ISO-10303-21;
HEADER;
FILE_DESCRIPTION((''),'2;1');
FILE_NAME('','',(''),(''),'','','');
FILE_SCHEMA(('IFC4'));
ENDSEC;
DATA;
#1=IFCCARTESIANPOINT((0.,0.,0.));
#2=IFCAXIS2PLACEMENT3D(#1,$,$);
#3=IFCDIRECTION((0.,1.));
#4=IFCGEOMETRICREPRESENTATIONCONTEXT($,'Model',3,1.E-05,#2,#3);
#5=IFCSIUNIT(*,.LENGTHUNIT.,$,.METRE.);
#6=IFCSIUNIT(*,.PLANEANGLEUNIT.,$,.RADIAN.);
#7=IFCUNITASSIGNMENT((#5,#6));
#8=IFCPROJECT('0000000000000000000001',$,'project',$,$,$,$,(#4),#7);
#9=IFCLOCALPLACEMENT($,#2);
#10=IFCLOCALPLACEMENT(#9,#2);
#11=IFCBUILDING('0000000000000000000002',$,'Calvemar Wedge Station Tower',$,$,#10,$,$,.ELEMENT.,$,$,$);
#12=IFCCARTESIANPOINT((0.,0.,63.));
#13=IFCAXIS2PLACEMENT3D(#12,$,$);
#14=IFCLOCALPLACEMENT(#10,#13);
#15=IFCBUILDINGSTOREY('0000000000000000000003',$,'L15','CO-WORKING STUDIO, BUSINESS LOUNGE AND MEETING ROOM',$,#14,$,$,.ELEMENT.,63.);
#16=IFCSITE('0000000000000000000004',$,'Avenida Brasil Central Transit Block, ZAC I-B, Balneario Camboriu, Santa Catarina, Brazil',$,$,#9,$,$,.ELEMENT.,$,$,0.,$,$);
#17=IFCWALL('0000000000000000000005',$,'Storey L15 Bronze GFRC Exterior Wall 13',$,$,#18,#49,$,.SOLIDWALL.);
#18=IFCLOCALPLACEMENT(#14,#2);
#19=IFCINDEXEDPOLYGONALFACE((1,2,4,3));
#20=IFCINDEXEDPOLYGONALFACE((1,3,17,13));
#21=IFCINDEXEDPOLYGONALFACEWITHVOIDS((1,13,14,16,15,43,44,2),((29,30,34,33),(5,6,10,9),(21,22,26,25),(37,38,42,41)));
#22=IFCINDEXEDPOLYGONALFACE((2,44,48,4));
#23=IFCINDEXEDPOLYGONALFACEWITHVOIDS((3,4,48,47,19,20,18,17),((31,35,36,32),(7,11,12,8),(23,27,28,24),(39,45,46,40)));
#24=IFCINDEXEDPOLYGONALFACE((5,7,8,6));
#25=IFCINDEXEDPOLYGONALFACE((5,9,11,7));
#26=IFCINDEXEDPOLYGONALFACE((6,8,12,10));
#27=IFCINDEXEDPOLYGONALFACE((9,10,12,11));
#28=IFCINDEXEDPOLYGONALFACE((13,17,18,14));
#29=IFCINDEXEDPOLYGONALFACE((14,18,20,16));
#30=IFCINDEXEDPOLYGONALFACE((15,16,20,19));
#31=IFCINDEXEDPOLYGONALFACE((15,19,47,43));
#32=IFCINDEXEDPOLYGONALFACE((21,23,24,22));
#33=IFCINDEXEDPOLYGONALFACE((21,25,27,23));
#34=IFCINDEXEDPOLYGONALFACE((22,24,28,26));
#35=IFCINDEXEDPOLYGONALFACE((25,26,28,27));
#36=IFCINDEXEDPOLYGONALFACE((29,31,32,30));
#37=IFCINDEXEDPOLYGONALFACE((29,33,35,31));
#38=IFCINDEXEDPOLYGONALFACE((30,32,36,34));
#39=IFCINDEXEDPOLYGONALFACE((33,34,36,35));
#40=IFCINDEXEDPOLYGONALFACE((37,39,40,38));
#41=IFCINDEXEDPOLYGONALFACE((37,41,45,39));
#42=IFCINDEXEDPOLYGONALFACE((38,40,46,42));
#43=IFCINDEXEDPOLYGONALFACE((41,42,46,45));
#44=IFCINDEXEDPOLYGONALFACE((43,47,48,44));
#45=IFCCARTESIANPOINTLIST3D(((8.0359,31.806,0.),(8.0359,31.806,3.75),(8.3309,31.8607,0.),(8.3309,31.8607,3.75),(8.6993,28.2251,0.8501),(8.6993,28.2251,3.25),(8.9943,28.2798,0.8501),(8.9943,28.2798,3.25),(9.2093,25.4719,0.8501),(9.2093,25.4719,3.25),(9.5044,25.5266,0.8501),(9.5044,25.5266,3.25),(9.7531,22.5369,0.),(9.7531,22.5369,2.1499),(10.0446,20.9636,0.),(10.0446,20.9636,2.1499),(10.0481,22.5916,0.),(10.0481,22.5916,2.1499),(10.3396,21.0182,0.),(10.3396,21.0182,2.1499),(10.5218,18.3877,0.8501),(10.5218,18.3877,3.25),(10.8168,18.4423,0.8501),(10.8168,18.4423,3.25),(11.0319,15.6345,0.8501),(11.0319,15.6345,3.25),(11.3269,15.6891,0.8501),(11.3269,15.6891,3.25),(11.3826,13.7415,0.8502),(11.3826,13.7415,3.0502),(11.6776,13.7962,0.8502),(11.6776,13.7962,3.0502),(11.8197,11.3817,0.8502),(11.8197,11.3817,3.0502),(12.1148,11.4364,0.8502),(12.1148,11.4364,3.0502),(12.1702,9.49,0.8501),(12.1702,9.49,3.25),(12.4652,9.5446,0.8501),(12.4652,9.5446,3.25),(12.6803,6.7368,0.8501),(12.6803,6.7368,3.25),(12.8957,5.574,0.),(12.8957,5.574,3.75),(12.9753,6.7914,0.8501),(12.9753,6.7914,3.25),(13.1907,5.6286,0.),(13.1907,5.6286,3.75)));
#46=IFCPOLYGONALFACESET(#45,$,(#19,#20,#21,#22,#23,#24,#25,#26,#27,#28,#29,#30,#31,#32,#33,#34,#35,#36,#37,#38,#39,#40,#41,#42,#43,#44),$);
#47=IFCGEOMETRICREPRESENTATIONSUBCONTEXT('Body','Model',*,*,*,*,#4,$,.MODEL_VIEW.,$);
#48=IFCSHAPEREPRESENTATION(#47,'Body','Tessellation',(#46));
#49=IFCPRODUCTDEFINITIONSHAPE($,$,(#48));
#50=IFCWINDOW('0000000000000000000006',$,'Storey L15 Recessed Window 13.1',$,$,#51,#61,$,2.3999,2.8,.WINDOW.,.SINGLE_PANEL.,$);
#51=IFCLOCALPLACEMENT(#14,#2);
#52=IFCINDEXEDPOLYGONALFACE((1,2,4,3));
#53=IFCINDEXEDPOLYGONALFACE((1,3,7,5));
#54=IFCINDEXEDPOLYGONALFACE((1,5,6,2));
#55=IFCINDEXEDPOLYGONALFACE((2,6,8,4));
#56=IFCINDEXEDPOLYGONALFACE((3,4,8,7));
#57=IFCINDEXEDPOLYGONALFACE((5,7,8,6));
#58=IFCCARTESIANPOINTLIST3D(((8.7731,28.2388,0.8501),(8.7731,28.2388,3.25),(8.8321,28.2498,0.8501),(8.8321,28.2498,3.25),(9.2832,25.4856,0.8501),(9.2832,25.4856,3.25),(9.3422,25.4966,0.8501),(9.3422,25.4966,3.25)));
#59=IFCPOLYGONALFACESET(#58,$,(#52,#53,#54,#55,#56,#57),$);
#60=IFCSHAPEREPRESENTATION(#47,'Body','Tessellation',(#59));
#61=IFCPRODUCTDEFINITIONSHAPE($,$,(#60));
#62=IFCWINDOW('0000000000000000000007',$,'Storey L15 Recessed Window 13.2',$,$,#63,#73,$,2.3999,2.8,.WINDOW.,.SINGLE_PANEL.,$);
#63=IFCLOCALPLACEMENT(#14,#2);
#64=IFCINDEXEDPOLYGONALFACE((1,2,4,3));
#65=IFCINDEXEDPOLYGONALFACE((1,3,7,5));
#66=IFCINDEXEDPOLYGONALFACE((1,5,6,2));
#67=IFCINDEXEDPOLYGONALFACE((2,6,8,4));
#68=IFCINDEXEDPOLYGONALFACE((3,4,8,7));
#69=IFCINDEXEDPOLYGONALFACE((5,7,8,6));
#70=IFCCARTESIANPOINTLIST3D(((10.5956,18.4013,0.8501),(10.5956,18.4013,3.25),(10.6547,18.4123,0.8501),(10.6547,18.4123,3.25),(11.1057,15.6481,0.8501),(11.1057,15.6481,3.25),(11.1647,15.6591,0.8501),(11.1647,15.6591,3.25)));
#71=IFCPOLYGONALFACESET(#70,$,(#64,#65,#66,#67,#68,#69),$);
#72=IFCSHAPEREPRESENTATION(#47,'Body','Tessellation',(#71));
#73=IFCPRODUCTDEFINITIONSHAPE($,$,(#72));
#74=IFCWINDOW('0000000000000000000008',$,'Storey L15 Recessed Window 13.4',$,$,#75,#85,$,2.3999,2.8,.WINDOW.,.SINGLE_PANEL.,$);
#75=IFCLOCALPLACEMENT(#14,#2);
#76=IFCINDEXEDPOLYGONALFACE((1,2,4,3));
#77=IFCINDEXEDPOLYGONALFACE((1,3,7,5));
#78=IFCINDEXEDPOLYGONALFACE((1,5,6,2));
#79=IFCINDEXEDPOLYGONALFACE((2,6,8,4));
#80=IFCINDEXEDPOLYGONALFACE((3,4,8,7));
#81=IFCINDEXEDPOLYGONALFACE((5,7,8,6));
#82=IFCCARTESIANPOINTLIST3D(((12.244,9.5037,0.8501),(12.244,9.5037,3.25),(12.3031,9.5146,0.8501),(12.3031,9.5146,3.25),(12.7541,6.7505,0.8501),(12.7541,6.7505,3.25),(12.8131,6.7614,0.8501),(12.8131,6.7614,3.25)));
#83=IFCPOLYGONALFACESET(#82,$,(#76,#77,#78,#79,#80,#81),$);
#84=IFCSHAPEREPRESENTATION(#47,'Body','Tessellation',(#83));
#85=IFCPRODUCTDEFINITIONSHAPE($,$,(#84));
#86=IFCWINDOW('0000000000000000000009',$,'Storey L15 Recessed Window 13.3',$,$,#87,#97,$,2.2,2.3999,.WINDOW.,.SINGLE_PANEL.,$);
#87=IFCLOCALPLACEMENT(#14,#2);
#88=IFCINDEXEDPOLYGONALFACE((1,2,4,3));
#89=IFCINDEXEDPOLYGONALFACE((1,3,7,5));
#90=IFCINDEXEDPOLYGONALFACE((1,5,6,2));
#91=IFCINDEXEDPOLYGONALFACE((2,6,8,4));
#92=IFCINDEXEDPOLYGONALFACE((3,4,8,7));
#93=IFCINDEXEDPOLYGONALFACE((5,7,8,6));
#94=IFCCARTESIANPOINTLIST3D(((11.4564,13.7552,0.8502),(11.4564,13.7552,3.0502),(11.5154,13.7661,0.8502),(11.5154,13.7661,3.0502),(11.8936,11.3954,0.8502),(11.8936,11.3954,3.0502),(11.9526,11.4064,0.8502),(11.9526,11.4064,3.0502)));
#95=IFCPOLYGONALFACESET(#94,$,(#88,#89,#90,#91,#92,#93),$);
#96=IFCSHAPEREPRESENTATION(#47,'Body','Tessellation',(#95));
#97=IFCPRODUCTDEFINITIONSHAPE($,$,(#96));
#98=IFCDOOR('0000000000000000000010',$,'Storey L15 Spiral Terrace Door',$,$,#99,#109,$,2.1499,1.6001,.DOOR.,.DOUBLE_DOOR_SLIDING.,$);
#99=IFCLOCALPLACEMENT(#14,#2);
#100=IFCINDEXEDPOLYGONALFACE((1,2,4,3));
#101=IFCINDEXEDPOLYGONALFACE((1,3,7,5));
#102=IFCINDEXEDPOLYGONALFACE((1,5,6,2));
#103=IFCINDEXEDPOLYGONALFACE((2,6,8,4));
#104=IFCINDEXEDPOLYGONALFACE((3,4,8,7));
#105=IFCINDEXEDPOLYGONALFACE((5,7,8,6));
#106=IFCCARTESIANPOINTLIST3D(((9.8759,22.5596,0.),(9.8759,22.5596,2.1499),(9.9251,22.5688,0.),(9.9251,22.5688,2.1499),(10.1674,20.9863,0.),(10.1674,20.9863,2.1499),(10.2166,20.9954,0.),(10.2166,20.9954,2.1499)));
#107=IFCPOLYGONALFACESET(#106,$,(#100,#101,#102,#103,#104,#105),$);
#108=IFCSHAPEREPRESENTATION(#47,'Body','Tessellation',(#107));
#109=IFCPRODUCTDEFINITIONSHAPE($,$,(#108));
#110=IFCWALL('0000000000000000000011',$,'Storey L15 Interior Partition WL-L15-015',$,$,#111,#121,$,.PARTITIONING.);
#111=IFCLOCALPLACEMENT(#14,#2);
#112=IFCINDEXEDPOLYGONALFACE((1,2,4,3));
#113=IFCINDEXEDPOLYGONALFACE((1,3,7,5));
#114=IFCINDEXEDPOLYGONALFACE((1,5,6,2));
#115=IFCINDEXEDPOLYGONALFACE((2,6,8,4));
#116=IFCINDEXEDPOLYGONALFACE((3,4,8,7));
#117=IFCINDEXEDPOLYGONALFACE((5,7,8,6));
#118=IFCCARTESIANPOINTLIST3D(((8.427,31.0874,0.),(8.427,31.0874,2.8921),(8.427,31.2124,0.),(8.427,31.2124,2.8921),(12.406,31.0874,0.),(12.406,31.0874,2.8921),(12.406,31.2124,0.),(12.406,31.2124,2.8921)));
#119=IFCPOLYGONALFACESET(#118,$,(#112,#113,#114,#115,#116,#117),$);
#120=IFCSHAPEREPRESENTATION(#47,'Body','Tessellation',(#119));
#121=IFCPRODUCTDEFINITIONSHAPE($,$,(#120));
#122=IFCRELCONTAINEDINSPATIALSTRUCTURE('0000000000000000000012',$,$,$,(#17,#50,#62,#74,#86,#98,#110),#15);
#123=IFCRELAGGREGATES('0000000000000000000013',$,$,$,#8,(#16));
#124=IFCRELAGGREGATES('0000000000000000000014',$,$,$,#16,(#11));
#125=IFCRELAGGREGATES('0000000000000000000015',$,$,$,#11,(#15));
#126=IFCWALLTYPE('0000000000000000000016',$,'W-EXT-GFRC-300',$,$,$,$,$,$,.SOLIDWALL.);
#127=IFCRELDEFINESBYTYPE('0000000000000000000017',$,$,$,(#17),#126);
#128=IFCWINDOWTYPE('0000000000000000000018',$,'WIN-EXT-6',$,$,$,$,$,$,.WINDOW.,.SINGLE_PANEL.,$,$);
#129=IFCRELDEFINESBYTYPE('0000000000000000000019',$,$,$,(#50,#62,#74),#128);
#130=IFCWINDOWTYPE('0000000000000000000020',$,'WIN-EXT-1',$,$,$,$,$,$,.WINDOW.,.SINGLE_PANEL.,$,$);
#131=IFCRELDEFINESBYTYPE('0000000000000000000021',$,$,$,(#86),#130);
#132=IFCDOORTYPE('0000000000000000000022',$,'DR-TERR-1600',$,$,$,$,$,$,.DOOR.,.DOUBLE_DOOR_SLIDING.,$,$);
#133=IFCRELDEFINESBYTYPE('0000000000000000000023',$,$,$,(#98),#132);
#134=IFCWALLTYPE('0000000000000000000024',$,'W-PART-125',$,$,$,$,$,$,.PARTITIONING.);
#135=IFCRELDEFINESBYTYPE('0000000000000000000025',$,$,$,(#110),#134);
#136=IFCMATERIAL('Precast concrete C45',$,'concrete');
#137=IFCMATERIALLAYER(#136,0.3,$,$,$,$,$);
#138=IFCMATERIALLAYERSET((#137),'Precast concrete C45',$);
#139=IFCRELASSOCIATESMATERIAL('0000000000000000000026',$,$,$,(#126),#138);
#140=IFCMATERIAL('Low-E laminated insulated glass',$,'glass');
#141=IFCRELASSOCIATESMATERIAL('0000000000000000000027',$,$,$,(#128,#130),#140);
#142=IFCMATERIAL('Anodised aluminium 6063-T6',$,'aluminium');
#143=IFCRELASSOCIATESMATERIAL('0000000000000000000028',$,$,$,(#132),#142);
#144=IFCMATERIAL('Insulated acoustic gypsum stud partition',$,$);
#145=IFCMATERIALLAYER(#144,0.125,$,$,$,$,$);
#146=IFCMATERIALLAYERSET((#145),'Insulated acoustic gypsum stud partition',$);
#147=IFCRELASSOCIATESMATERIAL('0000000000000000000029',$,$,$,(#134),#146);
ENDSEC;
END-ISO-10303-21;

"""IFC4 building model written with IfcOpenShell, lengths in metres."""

from ifc_helpers import new_model, si_unit, direction, frame, frame_2d, origin, place, context, subcontext, project, spatial, rectangle, extrude, source, transform, mapped, material, layer, layer_set, type_object, element, fill, save


model = new_model("IFC4")

# Units and contexts
model_context = context("Model", 3, precision=1e-05, world=origin(), true_north=direction((0.0, 1.0)))
body_context = subcontext(model_context, "Body", "Model", "MODEL_VIEW")
ifc_project = project(units=[si_unit("LENGTHUNIT", "METRE"), si_unit("PLANEANGLEUNIT", "RADIAN")], contexts=[model_context])

# Site, building, storey
site_placement = place(None, origin())
site = spatial("IfcSite", under=ifc_project, at=site_placement, Name="Avenida Brasil Central Transit Block, ZAC I-B, Balneario Camboriu, Santa Catarina, Brazil", CompositionType="ELEMENT", RefElevation=0.0)
building_placement = place(site_placement, origin())
building = spatial("IfcBuilding", under=site, at=building_placement, Name="Calvemar Wedge Station Tower", CompositionType="ELEMENT")
storey_placement = place(building_placement, frame((0.0, 0.0, 63.0)))
storey = spatial("IfcBuildingStorey", under=building, at=storey_placement, Name="L15", Description="CO-WORKING STUDIO, BUSINESS LOUNGE AND MEETING ROOM", CompositionType="ELEMENT", Elevation=63.0)

# Wall, openings, windows, door
ifc_material_1 = material(Name="Precast concrete C45", Category="concrete")
ifc_layer_1 = layer(ifc_material_1, 0.3)
ifc_layer_set_1 = layer_set([ifc_layer_1], Name="Precast concrete C45")
wall_type_1 = type_object("IfcWallType", Name="W-EXT-GFRC-300", PredefinedType="SOLIDWALL", material=ifc_layer_set_1)
wall_1_placement = place(storey_placement, frame((8.1833, 31.8335, 0.0), z_axis=(0.0, 0.0, 1.0), x_axis=(0.182164, -0.983268, 0.0)))
wall_1 = element("IfcWall", 1, at=wall_1_placement, inside=storey, type_object=wall_type_1, Name="Storey L15 Bronze GFRC Exterior Wall 13", PredefinedType="SOLIDWALL", context=body_context, shape_type="SweptSolid", body=[
    extrude(rectangle(XDim=26.6785, YDim=0.3, at=frame_2d((13.3394, 0.0))), origin(), (0.0, 0.0, 1.0), 3.75),
])
shared_shape_1 = source(origin(), body_context, "Body", "SweptSolid", [
    extrude(rectangle(XDim=1.6001, YDim=2.1499, at=frame_2d((0.8, 1.075))), frame((0.0, 0.1602, 0.0), z_axis=(0.0, -1.0, 0.0), x_axis=(1.0, 0.0, 0.0)), (0.0, 0.0, 1.0), 0.3201),
])
opening_1_placement = place(wall_1_placement, frame((9.427, 0.0, 0.0)))
opening_1 = element("IfcOpeningElement", 2, at=opening_1_placement, cuts=wall_1, PredefinedType="OPENING", context=body_context, shape_type="MappedRepresentation", body=[
    mapped(shared_shape_1, transform((0.0, 0.0, 0.0), scale=1.0)),
])
shared_shape_2 = source(origin(), body_context, "Body", "SweptSolid", [
    extrude(rectangle(XDim=2.8, YDim=2.3999, at=frame_2d((1.3999, 1.2))), frame((0.0, 0.1602, 0.0), z_axis=(0.0, -1.0, 0.0), x_axis=(1.0, 0.0, 0.0)), (0.0, 0.0, 1.0), 0.3201),
])
opening_2_placement = place(wall_1_placement, frame((3.6421, 0.0, 0.8501)))
opening_2 = element("IfcOpeningElement", 3, at=opening_2_placement, cuts=wall_1, PredefinedType="OPENING", context=body_context, shape_type="MappedRepresentation", body=[
    mapped(shared_shape_2, transform((0.0, 0.0, 0.0), scale=1.0)),
])
opening_3_placement = place(wall_1_placement, frame((13.647, 0.0, 0.8501)))
opening_3 = element("IfcOpeningElement", 4, at=opening_3_placement, cuts=wall_1, PredefinedType="OPENING", context=body_context, shape_type="MappedRepresentation", body=[
    mapped(shared_shape_2, transform((0.0, 0.0, 0.0), scale=1.0)),
])
shared_shape_3 = source(origin(), body_context, "Body", "SweptSolid", [
    extrude(rectangle(XDim=2.3999, YDim=2.2, at=frame_2d((1.2, 1.1001))), frame((0.0, 0.1602, 0.0), z_axis=(0.0, -1.0, 0.0), x_axis=(1.0, 0.0, 0.0)), (0.0, 0.0, 1.0), 0.3201),
])
opening_4_placement = place(wall_1_placement, frame((18.3721, 0.0, 0.8501)))
opening_4 = element("IfcOpeningElement", 5, at=opening_4_placement, cuts=wall_1, PredefinedType="OPENING", context=body_context, shape_type="MappedRepresentation", body=[
    mapped(shared_shape_3, transform((0.0, 0.0, 0.0), scale=1.0)),
])
opening_5_placement = place(wall_1_placement, frame((22.696, 0.0, 0.8501)))
opening_5 = element("IfcOpeningElement", 6, at=opening_5_placement, cuts=wall_1, PredefinedType="OPENING", context=body_context, shape_type="MappedRepresentation", body=[
    mapped(shared_shape_2, transform((0.0, 0.0, 0.0), scale=1.0)),
])
ifc_material_2 = material(Name="Low-E laminated insulated glass", Category="glass")
window_type_1 = type_object("IfcWindowType", Name="WIN-EXT-6", PartitioningType="SINGLE_PANEL", PredefinedType="WINDOW", material=ifc_material_2)
shared_shape_4 = source(origin(), body_context, "Body", "SweptSolid", [
    extrude(rectangle(XDim=2.8, YDim=2.3999, at=frame_2d((1.3999, 1.2))), frame((0.0, -0.0149, 0.0), z_axis=(0.0, -1.0, 0.0), x_axis=(1.0, 0.0, 0.0)), (0.0, 0.0, 1.0), 0.0601),
])
window_1_placement = place(opening_2_placement, origin())
window_1 = element("IfcWindow", 7, at=window_1_placement, inside=storey, type_object=window_type_1, Name="Storey L15 Recessed Window 13.1", OverallHeight=2.3999, OverallWidth=2.8, PartitioningType="SINGLE_PANEL", PredefinedType="WINDOW", context=body_context, shape_type="MappedRepresentation", body=[
    mapped(shared_shape_4, transform((0.0, 0.0, 0.0), scale=1.0)),
])
fill(opening_2, window_1)
window_2_placement = place(opening_3_placement, origin())
window_2 = element("IfcWindow", 8, at=window_2_placement, inside=storey, type_object=window_type_1, Name="Storey L15 Recessed Window 13.2", OverallHeight=2.3999, OverallWidth=2.8, PartitioningType="SINGLE_PANEL", PredefinedType="WINDOW", context=body_context, shape_type="MappedRepresentation", body=[
    mapped(shared_shape_4, transform((0.0, 0.0, 0.0), scale=1.0)),
])
fill(opening_3, window_2)
window_3_placement = place(opening_5_placement, origin())
window_3 = element("IfcWindow", 9, at=window_3_placement, inside=storey, type_object=window_type_1, Name="Storey L15 Recessed Window 13.4", OverallHeight=2.3999, OverallWidth=2.8, PartitioningType="SINGLE_PANEL", PredefinedType="WINDOW", context=body_context, shape_type="MappedRepresentation", body=[
    mapped(shared_shape_4, transform((0.0, 0.0, 0.0), scale=1.0)),
])
fill(opening_5, window_3)
window_type_2 = type_object("IfcWindowType", Name="WIN-EXT-1", PartitioningType="SINGLE_PANEL", PredefinedType="WINDOW", material=ifc_material_2)
shared_shape_5 = source(origin(), body_context, "Body", "SweptSolid", [
    extrude(rectangle(XDim=2.3999, YDim=2.2, at=frame_2d((1.2, 1.1001))), frame((0.0, -0.0149, 0.0), z_axis=(0.0, -1.0, 0.0), x_axis=(1.0, 0.0, 0.0)), (0.0, 0.0, 1.0), 0.0601),
])
window_4_placement = place(opening_4_placement, origin())
window_4 = element("IfcWindow", 10, at=window_4_placement, inside=storey, type_object=window_type_2, Name="Storey L15 Recessed Window 13.3", OverallHeight=2.2, OverallWidth=2.3999, PartitioningType="SINGLE_PANEL", PredefinedType="WINDOW", context=body_context, shape_type="MappedRepresentation", body=[
    mapped(shared_shape_5, transform((0.0, 0.0, 0.0), scale=1.0)),
])
fill(opening_4, window_4)
ifc_material_3 = material(Name="Anodised aluminium 6063-T6", Category="aluminium")
door_type = type_object("IfcDoorType", Name="DR-TERR-1600", OperationType="DOUBLE_DOOR_SLIDING", PredefinedType="DOOR", material=ifc_material_3)
shared_shape_6 = source(origin(), body_context, "Body", "SweptSolid", [
    extrude(rectangle(XDim=1.6001, YDim=2.1499, at=frame_2d((0.8, 1.075))), frame((0.0, 0.0249, 0.0), z_axis=(0.0, -1.0, 0.0), x_axis=(1.0, 0.0, 0.0)), (0.0, 0.0, 1.0), 0.05),
])
door_placement = place(opening_1_placement, origin())
door = element("IfcDoor", 11, at=door_placement, inside=storey, type_object=door_type, Name="Storey L15 Spiral Terrace Door", OperationType="DOUBLE_DOOR_SLIDING", OverallHeight=2.1499, OverallWidth=1.6001, PredefinedType="DOOR", context=body_context, shape_type="MappedRepresentation", body=[
    mapped(shared_shape_6, transform((0.0, 0.0, 0.0), scale=1.0)),
])
fill(opening_1, door)

# Wall
ifc_material_4 = material(Name="Insulated acoustic gypsum stud partition")
ifc_layer_2 = layer(ifc_material_4, 0.125)
ifc_layer_set_2 = layer_set([ifc_layer_2], Name="Insulated acoustic gypsum stud partition")
wall_type_2 = type_object("IfcWallType", Name="W-PART-125", PredefinedType="PARTITIONING", material=ifc_layer_set_2)
wall_2_placement = place(storey_placement, frame((12.406, 31.1499, 0.0), z_axis=(0.0, 0.0, 1.0), x_axis=(-1.0, 0.0, 0.0)))
element("IfcWall", 12, at=wall_2_placement, inside=storey, type_object=wall_type_2, Name="Storey L15 Interior Partition WL-L15-015", PredefinedType="PARTITIONING", context=body_context, shape_type="SweptSolid", body=[
    extrude(rectangle(XDim=3.979, YDim=0.125, at=frame_2d((1.9895, 0.0))), origin(), (0.0, 0.0, 1.0), 2.8921),
])

save(model, "model.ifc")
